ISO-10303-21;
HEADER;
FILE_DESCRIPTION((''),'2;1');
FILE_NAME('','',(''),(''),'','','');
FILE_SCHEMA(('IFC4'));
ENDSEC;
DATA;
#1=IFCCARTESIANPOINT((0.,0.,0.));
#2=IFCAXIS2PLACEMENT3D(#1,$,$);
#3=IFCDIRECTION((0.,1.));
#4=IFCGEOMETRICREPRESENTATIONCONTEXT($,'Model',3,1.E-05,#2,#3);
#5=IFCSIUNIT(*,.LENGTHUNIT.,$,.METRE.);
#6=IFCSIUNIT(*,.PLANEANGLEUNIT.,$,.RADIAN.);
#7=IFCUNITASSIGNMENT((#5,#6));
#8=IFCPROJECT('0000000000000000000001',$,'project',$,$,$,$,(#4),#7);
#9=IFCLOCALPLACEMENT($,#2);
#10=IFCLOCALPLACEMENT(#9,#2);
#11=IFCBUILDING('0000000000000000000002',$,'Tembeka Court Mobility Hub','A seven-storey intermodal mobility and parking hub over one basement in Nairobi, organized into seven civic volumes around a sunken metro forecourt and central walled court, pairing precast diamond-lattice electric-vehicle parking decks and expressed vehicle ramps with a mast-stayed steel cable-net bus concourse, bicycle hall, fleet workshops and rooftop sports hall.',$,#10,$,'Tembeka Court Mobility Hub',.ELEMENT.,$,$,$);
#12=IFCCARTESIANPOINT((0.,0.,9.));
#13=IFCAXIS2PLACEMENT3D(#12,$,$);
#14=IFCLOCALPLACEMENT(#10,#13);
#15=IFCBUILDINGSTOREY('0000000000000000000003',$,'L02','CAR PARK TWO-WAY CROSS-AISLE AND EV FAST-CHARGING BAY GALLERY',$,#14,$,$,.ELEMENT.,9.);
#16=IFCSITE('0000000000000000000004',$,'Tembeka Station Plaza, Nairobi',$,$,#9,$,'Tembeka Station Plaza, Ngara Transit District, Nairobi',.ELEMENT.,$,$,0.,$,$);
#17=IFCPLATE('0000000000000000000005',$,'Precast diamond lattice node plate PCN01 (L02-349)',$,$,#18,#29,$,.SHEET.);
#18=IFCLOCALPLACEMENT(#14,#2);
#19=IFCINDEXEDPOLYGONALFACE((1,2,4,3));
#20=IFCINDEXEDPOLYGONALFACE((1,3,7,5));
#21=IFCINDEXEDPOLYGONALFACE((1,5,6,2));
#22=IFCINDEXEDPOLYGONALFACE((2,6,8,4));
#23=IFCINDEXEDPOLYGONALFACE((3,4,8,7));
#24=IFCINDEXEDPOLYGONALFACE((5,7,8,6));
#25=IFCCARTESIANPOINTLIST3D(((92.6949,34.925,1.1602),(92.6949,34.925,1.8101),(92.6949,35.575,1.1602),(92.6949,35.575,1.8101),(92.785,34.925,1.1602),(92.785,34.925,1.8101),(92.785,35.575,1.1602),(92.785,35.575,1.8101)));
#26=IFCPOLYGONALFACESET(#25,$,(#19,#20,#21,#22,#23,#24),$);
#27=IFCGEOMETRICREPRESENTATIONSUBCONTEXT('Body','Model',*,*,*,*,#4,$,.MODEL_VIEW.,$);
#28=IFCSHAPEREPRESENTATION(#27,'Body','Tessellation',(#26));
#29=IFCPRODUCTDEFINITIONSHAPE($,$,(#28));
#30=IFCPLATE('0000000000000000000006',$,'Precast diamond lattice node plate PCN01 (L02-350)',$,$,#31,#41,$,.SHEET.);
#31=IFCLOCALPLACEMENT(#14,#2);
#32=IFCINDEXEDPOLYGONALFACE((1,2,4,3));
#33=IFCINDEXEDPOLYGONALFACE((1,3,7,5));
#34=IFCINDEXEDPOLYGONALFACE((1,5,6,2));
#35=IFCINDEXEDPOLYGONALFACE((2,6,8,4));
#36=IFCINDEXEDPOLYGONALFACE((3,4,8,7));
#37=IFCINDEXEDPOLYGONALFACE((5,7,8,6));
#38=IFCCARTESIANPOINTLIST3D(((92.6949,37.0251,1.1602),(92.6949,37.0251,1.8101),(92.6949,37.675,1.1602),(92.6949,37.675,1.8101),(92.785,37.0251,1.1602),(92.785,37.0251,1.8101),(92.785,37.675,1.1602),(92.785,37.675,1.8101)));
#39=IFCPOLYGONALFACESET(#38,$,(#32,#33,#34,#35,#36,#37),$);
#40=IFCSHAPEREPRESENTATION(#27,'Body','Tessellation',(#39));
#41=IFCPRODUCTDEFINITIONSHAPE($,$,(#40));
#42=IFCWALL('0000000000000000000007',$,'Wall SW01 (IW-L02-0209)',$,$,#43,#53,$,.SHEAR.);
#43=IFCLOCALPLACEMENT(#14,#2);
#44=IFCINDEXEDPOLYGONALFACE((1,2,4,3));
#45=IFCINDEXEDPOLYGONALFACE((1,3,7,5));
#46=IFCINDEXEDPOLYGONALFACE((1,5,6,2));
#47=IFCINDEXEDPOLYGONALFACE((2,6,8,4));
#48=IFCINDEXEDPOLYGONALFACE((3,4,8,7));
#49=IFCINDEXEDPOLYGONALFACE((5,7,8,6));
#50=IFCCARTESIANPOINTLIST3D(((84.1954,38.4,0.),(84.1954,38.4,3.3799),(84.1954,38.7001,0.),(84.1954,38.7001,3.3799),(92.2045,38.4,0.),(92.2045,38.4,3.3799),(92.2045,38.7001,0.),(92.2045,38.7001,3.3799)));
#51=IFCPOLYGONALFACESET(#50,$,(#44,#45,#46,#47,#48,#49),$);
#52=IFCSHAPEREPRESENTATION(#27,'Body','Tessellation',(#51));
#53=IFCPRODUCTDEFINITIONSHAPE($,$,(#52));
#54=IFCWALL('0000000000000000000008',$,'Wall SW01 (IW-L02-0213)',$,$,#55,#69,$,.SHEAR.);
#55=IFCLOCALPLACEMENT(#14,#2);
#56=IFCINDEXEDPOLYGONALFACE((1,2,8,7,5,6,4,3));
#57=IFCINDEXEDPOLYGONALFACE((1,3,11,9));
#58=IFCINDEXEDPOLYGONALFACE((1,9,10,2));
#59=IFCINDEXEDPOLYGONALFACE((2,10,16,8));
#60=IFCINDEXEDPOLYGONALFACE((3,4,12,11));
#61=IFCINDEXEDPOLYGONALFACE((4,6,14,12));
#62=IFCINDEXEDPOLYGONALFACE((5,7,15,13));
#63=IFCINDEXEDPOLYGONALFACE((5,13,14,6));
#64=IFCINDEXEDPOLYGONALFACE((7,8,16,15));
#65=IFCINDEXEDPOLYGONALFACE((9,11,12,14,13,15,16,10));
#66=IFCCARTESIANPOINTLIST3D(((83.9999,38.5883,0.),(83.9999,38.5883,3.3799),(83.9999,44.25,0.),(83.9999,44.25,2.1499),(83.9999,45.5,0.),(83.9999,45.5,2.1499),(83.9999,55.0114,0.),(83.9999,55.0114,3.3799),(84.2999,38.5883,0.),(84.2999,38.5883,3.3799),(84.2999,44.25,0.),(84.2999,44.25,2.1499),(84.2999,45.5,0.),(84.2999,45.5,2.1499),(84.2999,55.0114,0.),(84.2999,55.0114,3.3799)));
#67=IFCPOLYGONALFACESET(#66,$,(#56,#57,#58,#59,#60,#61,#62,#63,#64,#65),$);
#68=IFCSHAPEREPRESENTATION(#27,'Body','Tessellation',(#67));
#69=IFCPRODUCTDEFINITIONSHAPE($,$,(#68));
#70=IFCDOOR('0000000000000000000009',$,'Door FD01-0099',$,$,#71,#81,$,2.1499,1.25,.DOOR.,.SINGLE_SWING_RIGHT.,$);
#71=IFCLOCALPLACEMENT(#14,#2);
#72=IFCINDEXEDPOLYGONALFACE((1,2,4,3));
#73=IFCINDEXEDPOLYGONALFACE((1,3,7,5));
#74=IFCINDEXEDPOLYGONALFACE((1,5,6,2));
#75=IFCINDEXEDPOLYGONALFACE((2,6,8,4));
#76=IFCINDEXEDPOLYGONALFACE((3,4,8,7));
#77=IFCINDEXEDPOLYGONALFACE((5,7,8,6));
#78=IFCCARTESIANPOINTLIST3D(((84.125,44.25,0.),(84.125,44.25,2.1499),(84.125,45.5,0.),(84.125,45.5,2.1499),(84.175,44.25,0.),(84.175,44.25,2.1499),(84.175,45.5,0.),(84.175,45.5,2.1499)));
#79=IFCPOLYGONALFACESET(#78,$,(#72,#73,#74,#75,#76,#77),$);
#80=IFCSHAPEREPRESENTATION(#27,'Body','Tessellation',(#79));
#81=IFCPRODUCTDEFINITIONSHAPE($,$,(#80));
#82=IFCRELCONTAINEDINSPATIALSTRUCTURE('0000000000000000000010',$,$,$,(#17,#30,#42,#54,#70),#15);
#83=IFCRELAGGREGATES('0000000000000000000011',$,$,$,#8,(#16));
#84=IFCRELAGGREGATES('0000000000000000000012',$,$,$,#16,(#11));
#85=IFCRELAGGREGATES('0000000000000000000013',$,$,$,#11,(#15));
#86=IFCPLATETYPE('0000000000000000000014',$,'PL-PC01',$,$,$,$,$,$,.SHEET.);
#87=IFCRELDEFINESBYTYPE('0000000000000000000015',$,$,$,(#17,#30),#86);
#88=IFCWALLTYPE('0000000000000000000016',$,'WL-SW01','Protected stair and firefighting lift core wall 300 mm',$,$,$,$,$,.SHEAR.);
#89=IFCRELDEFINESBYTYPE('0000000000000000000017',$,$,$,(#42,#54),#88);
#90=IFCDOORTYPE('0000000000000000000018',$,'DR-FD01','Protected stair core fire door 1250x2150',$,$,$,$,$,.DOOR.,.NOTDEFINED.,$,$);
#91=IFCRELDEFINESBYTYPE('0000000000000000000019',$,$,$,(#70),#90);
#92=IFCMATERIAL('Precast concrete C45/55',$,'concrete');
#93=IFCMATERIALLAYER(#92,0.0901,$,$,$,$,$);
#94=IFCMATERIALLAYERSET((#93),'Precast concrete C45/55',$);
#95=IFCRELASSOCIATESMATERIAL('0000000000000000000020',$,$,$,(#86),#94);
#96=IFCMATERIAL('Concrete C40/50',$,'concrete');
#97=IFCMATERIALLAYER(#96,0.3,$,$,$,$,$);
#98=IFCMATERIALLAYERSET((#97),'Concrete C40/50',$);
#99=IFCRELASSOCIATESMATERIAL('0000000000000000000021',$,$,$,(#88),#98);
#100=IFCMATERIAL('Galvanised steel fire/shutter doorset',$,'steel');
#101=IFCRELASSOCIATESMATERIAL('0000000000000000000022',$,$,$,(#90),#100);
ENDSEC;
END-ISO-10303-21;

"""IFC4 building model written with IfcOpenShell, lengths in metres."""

from ifc_helpers import new_model, si_unit, direction, frame, frame_2d, origin, origin_2d, place, context, subcontext, project, spatial, rectangle, extrude, material, layer, layer_set, type_object, element, fill, save


model = new_model("IFC4")

# Units and contexts
model_context = context("Model", 3, precision=1e-05, world=origin(), true_north=direction((0.0, 1.0)))
body_context = subcontext(model_context, "Body", "Model", "MODEL_VIEW")
ifc_project = project(units=[si_unit("LENGTHUNIT", "METRE"), si_unit("PLANEANGLEUNIT", "RADIAN")], contexts=[model_context])

# Site, building, storey
site_placement = place(None, origin())
site = spatial("IfcSite", under=ifc_project, at=site_placement, Name="Tembeka Station Plaza, Nairobi", LongName="Tembeka Station Plaza, Ngara Transit District, Nairobi", CompositionType="ELEMENT", RefElevation=0.0)
building_placement = place(site_placement, origin())
building = spatial("IfcBuilding", under=site, at=building_placement, Name="Tembeka Court Mobility Hub", Description="A seven-storey intermodal mobility and parking hub over one basement in Nairobi, organized into seven civic volumes around a sunken metro forecourt and central walled court, pairing precast diamond-lattice electric-vehicle parking decks and expressed vehicle ramps with a mast-stayed steel cable-net bus concourse, bicycle hall, fleet workshops and rooftop sports hall.", LongName="Tembeka Court Mobility Hub", CompositionType="ELEMENT")
storey_placement = place(building_placement, frame((0.0, 0.0, 9.0)))
storey = spatial("IfcBuildingStorey", under=building, at=storey_placement, Name="L02", Description="CAR PARK TWO-WAY CROSS-AISLE AND EV FAST-CHARGING BAY GALLERY", CompositionType="ELEMENT", Elevation=9.0)

# Shared definitions
ifc_material_1 = material(Name="Precast concrete C45/55", Category="concrete")

# Plates
ifc_layer_1 = layer(ifc_material_1, 0.0901)
ifc_layer_set_1 = layer_set([ifc_layer_1], Name="Precast concrete C45/55")
plate_type = type_object("IfcPlateType", Name="PL-PC01", PredefinedType="SHEET", material=ifc_layer_set_1)
for number, where, z_axis, x_axis, name in (
    (1, (92.74, 35.25, 1.1602), (0.0, 0.0, 1.0), (1.0, 0.0, 0.0), "Precast diamond lattice node plate PCN01 (L02-349)"),
    (2, (92.74, 37.3501, 1.1602), (0.0, 0.0, 1.0), (1.0, 0.0, 0.0), "Precast diamond lattice node plate PCN01 (L02-350)"),
):
    element("IfcPlate", number, at=place(storey_placement, frame(where, z_axis=z_axis, x_axis=x_axis)), inside=storey, type_object=plate_type, Name=name, PredefinedType="SHEET", context=body_context, shape_type="SweptSolid", body=[
        extrude(rectangle(XDim=0.0901, YDim=0.6499, at=origin_2d()), origin(), (0.0, 0.0, 1.0), 0.6499),
    ])

# Wall
ifc_material_2 = material(Name="Concrete C40/50", Category="concrete")
ifc_layer_2 = layer(ifc_material_2, 0.3)
ifc_layer_set_2 = layer_set([ifc_layer_2], Name="Concrete C40/50")
wall_type = type_object("IfcWallType", Name="WL-SW01", Description="Protected stair and firefighting lift core wall 300 mm", PredefinedType="SHEAR", material=ifc_layer_set_2)
wall_1_placement = place(storey_placement, frame((84.1956, 38.55, 0.0), z_axis=(0.0, 0.0, 1.0), x_axis=(1.0, 0.0, 0.0)))
element("IfcWall", 3, at=wall_1_placement, inside=storey, type_object=wall_type, Name="Wall SW01 (IW-L02-0209)", PredefinedType="SHEAR", context=body_context, shape_type="SweptSolid", body=[
    extrude(rectangle(XDim=8.009, YDim=0.3, at=frame_2d((4.0044, 0.0))), origin(), (0.0, 0.0, 1.0), 3.3799),
])

# Wall, opening, door
wall_2_placement = place(storey_placement, frame((84.1499, 38.5884, 0.0), z_axis=(0.0, 0.0, 1.0), x_axis=(0.0, 1.0, 0.0)))
wall_2 = element("IfcWall", 4, at=wall_2_placement, inside=storey, type_object=wall_type, Name="Wall SW01 (IW-L02-0213)", PredefinedType="SHEAR", context=body_context, shape_type="SweptSolid", body=[
    extrude(rectangle(XDim=16.4231, YDim=0.3, at=frame_2d((8.2114, 0.0))), origin(), (0.0, 0.0, 1.0), 3.3799),
])
opening_placement = place(wall_2_placement, frame((5.6616, 0.0, 0.0)))
opening = element("IfcOpeningElement", 5, at=opening_placement, cuts=wall_2, PredefinedType="OPENING", context=body_context, shape_type="SweptSolid", body=[
    extrude(rectangle(XDim=1.25, YDim=2.1499, at=frame_2d((0.625, 1.075))), frame((0.0, 0.1602, 0.0), z_axis=(0.0, -1.0, 0.0), x_axis=(1.0, 0.0, 0.0)), (0.0, 0.0, 1.0), 0.3201),
])
ifc_material_3 = material(Name="Galvanised steel fire/shutter doorset", Category="steel")
door_type = type_object("IfcDoorType", Name="DR-FD01", Description="Protected stair core fire door 1250x2150", OperationType="NOTDEFINED", PredefinedType="DOOR", material=ifc_material_3)
door_placement = place(opening_placement, origin())
door = element("IfcDoor", 6, at=door_placement, inside=storey, type_object=door_type, Name="Door FD01-0099", OperationType="SINGLE_SWING_RIGHT", OverallHeight=2.1499, OverallWidth=1.25, PredefinedType="DOOR", context=body_context, shape_type="SweptSolid", body=[
    extrude(rectangle(XDim=1.25, YDim=2.1499, at=frame_2d((0.625, 1.075))), frame((0.0, 0.0249, 0.0), z_axis=(0.0, -1.0, 0.0), x_axis=(1.0, 0.0, 0.0)), (0.0, 0.0, 1.0), 0.05),
])
fill(opening, door)

save(model, "model.ifc")
